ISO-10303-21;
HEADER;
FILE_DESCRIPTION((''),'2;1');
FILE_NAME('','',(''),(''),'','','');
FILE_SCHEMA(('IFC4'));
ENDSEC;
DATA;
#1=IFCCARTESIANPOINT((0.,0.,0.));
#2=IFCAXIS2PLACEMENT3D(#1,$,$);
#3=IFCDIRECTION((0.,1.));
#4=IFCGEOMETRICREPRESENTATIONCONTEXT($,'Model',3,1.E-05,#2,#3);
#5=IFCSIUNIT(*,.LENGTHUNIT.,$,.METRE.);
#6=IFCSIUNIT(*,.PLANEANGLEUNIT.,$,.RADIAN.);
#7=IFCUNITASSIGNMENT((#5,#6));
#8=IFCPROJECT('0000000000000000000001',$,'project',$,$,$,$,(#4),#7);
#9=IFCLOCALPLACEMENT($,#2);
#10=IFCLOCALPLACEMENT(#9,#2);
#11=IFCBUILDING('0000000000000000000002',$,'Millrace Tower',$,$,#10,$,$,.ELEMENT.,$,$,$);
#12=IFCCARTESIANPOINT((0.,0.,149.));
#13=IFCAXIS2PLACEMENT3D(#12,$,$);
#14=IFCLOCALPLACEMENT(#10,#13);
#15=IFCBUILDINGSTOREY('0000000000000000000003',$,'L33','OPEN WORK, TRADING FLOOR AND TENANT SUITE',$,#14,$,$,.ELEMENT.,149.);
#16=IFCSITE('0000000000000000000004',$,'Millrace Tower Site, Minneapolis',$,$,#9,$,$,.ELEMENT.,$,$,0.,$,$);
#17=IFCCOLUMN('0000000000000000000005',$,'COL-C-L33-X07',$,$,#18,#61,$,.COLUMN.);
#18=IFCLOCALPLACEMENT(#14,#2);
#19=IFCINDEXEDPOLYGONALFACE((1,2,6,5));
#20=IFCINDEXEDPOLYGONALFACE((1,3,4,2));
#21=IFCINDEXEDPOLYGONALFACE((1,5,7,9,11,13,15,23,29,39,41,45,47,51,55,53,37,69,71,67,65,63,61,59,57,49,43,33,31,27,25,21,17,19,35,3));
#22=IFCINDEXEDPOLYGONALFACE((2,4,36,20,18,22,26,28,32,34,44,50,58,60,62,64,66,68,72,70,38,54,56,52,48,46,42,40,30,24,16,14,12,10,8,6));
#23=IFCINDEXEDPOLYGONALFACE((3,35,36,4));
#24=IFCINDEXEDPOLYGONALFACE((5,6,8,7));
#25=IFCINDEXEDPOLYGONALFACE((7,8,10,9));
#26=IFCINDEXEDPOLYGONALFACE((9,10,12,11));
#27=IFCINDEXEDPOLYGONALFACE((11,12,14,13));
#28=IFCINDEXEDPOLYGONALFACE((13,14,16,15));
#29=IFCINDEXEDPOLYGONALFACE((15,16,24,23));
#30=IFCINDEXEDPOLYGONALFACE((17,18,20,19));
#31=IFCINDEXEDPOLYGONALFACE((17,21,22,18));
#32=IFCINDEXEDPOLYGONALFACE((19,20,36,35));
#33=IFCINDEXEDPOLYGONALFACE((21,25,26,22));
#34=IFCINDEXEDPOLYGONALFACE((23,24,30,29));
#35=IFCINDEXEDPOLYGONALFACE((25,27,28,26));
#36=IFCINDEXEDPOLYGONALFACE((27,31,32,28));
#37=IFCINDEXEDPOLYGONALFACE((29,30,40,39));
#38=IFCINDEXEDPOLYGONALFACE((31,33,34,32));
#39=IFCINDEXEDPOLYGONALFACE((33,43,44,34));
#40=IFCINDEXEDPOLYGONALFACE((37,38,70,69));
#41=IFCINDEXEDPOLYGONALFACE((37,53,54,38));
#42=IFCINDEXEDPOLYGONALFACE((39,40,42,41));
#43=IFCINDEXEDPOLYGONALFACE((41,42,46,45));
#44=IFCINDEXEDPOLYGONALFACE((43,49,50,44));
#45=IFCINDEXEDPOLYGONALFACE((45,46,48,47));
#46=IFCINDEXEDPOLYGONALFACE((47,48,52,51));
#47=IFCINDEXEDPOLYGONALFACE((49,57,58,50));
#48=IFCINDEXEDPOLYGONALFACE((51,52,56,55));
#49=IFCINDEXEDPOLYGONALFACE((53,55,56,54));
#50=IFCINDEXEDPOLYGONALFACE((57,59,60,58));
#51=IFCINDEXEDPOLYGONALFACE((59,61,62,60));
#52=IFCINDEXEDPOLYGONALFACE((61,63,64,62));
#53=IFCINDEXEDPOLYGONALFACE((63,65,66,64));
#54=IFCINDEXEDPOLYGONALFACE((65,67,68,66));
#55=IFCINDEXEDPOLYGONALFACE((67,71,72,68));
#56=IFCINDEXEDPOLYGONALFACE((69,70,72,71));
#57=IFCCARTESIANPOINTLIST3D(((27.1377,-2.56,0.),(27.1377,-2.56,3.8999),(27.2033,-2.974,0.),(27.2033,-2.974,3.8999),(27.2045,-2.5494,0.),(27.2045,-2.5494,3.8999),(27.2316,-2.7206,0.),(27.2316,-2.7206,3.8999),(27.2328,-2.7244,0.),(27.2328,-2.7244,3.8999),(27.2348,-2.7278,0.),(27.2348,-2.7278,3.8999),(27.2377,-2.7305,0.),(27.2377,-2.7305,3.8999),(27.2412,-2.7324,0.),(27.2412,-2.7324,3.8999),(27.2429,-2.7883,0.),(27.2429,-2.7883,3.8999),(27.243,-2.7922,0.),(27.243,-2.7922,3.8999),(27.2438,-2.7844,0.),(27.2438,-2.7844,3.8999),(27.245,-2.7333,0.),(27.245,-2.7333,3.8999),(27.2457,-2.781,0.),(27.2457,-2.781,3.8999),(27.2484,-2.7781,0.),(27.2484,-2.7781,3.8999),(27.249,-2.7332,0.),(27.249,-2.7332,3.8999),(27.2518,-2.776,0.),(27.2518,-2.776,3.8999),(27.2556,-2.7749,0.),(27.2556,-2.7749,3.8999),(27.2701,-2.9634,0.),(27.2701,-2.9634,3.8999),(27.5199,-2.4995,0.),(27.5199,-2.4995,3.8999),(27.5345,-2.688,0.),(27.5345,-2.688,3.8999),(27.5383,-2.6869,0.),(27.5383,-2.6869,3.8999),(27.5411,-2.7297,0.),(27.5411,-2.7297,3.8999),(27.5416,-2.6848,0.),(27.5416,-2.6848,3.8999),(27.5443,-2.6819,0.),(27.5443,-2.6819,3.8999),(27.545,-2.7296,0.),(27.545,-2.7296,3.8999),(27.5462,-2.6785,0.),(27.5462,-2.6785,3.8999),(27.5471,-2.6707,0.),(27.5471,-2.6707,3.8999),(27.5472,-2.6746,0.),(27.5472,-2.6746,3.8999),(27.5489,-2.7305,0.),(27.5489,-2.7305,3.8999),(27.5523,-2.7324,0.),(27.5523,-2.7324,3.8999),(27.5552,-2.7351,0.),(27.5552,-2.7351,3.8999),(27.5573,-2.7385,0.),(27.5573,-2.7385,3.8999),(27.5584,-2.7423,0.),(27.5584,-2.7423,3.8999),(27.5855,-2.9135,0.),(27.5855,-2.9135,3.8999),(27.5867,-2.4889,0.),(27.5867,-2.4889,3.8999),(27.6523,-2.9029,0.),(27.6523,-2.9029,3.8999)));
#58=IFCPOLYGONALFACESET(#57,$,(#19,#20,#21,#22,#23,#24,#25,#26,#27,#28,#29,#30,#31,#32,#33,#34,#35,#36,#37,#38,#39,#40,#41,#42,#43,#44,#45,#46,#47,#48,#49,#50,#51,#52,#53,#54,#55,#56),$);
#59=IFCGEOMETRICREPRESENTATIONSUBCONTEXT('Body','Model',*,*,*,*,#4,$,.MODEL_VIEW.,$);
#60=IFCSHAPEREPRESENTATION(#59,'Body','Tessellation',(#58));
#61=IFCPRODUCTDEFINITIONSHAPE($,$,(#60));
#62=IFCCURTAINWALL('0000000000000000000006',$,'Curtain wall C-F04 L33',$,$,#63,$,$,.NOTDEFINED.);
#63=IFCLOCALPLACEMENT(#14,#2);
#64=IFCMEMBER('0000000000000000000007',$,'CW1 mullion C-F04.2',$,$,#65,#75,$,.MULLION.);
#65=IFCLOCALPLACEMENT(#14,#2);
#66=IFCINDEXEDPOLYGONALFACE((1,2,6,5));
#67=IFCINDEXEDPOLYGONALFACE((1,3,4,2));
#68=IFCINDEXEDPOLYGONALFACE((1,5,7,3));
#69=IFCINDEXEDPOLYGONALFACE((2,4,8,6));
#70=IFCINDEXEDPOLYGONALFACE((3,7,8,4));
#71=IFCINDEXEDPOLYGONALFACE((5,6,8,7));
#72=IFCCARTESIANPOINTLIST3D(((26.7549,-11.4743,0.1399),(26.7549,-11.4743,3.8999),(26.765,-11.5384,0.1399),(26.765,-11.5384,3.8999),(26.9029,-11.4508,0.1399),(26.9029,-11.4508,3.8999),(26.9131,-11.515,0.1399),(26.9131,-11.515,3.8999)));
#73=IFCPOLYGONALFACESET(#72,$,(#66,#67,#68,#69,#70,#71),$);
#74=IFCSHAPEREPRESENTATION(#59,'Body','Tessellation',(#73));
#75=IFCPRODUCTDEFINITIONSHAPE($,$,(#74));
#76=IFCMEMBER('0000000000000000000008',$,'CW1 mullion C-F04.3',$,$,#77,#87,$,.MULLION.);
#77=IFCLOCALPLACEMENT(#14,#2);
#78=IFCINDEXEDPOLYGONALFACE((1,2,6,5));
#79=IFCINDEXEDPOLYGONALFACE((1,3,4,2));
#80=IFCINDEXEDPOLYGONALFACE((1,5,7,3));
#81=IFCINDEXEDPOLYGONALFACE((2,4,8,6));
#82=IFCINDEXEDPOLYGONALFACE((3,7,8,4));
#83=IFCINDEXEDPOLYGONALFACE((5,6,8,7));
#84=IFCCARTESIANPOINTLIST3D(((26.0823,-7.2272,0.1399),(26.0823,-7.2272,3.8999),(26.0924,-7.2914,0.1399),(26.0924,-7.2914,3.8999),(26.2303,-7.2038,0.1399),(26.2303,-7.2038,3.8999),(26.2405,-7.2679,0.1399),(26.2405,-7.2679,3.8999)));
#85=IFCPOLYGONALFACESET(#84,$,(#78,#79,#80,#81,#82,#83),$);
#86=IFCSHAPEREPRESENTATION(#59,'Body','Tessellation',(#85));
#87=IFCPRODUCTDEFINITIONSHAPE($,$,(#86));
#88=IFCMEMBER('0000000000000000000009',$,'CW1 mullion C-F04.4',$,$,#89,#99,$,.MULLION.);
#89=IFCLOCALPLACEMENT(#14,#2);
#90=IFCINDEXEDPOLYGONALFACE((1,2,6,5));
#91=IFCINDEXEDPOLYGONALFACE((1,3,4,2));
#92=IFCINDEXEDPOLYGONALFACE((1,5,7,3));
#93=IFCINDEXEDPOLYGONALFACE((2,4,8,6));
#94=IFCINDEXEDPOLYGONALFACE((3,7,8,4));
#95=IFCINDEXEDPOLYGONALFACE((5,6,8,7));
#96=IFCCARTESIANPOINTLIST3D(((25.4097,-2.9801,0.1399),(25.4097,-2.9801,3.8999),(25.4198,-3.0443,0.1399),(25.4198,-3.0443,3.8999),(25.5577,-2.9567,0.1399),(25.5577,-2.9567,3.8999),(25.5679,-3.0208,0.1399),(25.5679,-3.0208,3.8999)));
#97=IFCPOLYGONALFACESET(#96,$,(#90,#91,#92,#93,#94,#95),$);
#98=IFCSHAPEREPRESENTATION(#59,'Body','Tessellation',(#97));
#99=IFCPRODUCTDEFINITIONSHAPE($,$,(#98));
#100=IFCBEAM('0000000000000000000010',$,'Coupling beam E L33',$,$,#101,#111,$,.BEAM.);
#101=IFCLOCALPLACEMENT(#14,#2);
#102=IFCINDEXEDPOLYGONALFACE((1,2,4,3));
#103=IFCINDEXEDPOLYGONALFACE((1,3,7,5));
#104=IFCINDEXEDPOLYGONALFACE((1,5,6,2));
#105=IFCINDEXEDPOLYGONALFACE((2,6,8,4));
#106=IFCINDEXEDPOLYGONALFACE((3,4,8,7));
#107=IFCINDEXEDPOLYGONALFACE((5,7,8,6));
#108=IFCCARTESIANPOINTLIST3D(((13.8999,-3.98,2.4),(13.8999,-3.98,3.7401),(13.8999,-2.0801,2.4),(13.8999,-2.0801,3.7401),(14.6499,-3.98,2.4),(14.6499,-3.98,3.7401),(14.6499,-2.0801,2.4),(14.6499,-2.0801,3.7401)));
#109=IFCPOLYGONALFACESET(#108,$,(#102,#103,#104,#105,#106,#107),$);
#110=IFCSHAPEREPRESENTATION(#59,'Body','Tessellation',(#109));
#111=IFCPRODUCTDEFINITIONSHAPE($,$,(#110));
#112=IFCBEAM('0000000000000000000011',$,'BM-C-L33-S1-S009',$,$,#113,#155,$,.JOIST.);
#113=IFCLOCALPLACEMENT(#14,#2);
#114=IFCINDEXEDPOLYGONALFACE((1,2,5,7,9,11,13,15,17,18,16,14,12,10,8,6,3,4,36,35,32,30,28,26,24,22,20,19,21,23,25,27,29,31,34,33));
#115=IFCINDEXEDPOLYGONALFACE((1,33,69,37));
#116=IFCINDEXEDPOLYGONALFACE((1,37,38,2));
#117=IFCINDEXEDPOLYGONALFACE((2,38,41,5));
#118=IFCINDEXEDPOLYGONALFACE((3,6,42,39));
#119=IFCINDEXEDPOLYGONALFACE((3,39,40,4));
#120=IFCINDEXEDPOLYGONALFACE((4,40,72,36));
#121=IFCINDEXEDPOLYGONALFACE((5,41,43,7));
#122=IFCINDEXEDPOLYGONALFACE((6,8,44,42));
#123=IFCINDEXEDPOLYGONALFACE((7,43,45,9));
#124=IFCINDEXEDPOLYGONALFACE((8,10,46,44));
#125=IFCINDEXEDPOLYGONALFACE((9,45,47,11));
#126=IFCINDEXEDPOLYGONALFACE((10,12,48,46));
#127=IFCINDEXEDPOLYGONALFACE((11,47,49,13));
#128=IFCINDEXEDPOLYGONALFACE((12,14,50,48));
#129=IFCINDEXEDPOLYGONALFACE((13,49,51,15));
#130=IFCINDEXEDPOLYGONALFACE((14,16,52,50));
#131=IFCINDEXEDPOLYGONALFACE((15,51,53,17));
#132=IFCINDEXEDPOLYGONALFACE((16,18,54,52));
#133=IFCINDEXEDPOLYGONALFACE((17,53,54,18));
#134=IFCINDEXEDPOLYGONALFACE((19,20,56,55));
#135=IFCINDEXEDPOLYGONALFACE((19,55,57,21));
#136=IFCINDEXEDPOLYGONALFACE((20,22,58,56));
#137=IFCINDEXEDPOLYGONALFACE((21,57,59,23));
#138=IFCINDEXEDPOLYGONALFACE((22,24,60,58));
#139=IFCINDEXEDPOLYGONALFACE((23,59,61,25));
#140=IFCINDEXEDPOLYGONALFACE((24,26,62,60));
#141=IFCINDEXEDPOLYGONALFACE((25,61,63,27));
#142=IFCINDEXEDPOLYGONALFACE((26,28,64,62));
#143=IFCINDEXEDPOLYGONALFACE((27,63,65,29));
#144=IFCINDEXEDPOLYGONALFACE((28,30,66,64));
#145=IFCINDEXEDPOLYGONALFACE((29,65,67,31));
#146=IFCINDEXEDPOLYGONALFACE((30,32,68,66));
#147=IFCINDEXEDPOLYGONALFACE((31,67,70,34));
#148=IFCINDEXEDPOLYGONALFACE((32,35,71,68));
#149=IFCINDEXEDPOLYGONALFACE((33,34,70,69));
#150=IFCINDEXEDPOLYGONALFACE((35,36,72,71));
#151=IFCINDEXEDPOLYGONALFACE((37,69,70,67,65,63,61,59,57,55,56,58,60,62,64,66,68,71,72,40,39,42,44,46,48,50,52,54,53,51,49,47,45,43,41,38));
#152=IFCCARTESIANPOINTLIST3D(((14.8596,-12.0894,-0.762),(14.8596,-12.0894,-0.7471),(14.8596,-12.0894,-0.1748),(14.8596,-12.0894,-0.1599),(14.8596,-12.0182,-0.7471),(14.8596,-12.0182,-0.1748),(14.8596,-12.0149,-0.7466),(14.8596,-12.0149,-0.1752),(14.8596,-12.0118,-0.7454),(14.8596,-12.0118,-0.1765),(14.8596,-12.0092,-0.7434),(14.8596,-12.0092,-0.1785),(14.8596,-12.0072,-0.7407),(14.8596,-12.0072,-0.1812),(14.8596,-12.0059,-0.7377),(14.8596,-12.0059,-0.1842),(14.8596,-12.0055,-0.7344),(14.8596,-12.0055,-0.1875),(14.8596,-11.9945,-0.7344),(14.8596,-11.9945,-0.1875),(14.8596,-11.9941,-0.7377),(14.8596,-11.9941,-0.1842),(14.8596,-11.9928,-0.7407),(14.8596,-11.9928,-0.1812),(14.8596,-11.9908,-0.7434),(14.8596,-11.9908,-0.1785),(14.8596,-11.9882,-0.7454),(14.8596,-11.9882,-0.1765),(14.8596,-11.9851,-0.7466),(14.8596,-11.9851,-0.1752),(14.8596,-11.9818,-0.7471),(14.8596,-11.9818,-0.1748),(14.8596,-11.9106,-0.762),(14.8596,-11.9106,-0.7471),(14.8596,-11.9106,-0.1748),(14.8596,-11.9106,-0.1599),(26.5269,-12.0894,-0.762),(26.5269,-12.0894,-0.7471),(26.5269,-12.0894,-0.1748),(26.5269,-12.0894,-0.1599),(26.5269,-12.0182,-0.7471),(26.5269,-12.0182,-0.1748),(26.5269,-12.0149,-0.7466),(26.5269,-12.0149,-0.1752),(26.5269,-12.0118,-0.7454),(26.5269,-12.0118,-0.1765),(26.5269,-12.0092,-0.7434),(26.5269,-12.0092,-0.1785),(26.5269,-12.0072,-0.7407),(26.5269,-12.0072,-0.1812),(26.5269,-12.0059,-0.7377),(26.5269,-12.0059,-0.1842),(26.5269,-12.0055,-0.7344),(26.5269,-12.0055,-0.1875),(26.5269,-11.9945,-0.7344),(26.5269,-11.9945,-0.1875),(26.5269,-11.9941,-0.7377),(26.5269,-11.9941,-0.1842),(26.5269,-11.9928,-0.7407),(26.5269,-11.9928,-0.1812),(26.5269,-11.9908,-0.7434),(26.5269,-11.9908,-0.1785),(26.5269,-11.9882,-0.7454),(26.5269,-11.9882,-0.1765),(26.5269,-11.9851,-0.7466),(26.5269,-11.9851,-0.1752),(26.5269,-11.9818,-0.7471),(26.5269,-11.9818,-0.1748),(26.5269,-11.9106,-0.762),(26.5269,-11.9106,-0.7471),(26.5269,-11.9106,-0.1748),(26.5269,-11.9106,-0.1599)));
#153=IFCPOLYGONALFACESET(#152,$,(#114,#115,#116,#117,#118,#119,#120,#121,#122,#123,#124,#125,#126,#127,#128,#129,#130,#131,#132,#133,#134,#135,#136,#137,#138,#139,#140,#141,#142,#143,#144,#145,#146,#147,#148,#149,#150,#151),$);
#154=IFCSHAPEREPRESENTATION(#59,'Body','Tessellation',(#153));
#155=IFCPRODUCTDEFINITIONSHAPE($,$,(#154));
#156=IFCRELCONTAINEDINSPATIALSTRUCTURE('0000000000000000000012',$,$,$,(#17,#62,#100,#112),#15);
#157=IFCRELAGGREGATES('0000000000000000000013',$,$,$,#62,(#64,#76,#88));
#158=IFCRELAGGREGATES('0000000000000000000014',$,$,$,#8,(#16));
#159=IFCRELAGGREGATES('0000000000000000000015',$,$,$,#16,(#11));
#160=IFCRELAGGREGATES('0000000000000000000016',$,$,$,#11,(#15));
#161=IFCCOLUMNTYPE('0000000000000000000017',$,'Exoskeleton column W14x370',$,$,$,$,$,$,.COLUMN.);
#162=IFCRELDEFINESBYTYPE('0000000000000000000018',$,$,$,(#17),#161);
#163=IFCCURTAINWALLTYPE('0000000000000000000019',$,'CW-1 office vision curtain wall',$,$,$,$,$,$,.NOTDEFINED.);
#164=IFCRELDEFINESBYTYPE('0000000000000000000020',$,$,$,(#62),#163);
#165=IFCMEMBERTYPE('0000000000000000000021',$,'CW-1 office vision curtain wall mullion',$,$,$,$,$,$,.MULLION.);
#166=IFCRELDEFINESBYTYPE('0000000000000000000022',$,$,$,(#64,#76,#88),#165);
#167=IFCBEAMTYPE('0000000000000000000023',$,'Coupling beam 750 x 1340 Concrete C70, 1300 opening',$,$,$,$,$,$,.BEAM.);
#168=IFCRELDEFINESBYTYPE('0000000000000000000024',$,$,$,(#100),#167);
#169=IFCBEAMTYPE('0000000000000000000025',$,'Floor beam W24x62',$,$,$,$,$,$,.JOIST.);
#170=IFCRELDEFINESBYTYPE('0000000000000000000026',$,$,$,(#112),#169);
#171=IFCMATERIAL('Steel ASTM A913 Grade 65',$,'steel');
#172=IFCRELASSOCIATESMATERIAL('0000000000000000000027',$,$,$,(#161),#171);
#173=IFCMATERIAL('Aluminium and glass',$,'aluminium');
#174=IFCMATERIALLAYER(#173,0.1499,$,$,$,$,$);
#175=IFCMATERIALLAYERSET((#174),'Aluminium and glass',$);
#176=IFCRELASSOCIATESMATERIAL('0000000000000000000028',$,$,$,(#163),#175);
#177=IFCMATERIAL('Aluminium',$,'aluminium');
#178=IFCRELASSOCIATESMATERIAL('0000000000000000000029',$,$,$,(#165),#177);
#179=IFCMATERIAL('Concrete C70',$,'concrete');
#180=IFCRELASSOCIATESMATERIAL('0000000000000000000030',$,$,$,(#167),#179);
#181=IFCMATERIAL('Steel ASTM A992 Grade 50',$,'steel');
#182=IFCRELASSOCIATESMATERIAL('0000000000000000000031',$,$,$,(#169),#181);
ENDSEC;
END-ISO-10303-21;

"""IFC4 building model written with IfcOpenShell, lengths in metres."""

from ifc_helpers import new_model, si_unit, direction, frame, origin, origin_2d, place, context, subcontext, project, spatial, rectangle, i_section, extrude, material, layer, layer_set, material_profile, profile_set, type_object, element, aggregate, save


model = new_model("IFC4")

# Units and contexts
model_context = context("Model", 3, precision=1e-05, world=origin(), true_north=direction((0.0, 1.0)))
body_context = subcontext(model_context, "Body", "Model", "MODEL_VIEW")
ifc_project = project(units=[si_unit("LENGTHUNIT", "METRE"), si_unit("PLANEANGLEUNIT", "RADIAN")], contexts=[model_context])

# Site, building, storey
site_placement = place(None, origin())
site = spatial("IfcSite", under=ifc_project, at=site_placement, Name="Millrace Tower Site, Minneapolis", CompositionType="ELEMENT", RefElevation=0.0)
building_placement = place(site_placement, origin())
building = spatial("IfcBuilding", under=site, at=building_placement, Name="Millrace Tower", CompositionType="ELEMENT")
storey_placement = place(building_placement, frame((0.0, 0.0, 149.0)))
storey = spatial("IfcBuildingStorey", under=building, at=storey_placement, Name="L33", Description="OPEN WORK, TRADING FLOOR AND TENANT SUITE", CompositionType="ELEMENT", Elevation=149.0)

# Column
ifc_material_1 = material(Name="Steel ASTM A913 Grade 65", Category="steel")
ifc_material_profile_1 = material_profile(ifc_material_1, i_section(OverallWidth=0.4192, OverallDepth=0.4546, WebThickness=0.0422, FlangeThickness=0.0676, FilletRadius=0.0151, at=origin_2d()))
ifc_profile_set_1 = profile_set([ifc_material_profile_1], Name="Steel ASTM A913 Grade 65")
column_type = type_object("IfcColumnType", Name="Exoskeleton column W14x370", PredefinedType="COLUMN", material=ifc_profile_set_1)
column_placement = place(storey_placement, frame((27.395, -2.7314, 0.0), z_axis=(0.0, 0.0, 1.0), x_axis=(-0.156434, 0.987688, 0.0)))
element("IfcColumn", 1, at=column_placement, inside=storey, type_object=column_type, Name="COL-C-L33-X07", PredefinedType="COLUMN", context=body_context, shape_type="SweptSolid", body=[
    extrude(i_section(OverallWidth=0.4192, OverallDepth=0.4546, WebThickness=0.0422, FlangeThickness=0.0676, FilletRadius=0.0151, at=origin_2d()), origin(), (0.0, 0.0, 1.0), 3.8999),
])

# Curtain wall, members
ifc_material_2 = material(Name="Aluminium and glass", Category="aluminium")
ifc_layer_1 = layer(ifc_material_2, 0.1499)
ifc_layer_set_1 = layer_set([ifc_layer_1], Name="Aluminium and glass")
curtain_wall_type = type_object("IfcCurtainWallType", Name="CW-1 office vision curtain wall", PredefinedType="NOTDEFINED", material=ifc_layer_set_1)
placement = place(storey_placement, origin())
curtain_wall = element("IfcCurtainWall", 2, at=placement, inside=storey, type_object=curtain_wall_type, Name="Curtain wall C-F04 L33", PredefinedType="NOTDEFINED")
ifc_material_3 = material(Name="Aluminium", Category="aluminium")
ifc_material_profile_2 = material_profile(ifc_material_3, rectangle(XDim=0.0649, YDim=0.1499, at=origin_2d()))
ifc_profile_set_2 = profile_set([ifc_material_profile_2], Name="Aluminium")
member_type = type_object("IfcMemberType", Name="CW-1 office vision curtain wall mullion", PredefinedType="MULLION", material=ifc_profile_set_2)
member_1_placement = place(storey_placement, frame((26.834, -11.4946, 0.1399), z_axis=(0.0, 0.0, 1.0), x_axis=(-0.156434, 0.987688, 0.0)))
member_1 = element("IfcMember", 3, at=member_1_placement, type_object=member_type, Name="CW1 mullion C-F04.2", PredefinedType="MULLION", context=body_context, shape_type="SweptSolid", body=[
    extrude(rectangle(XDim=0.0649, YDim=0.1499, at=origin_2d()), origin(), (0.0, 0.0, 1.0), 3.76),
])
member_2_placement = place(storey_placement, frame((26.1614, -7.2476, 0.1399), z_axis=(0.0, 0.0, 1.0), x_axis=(-0.156434, 0.987688, 0.0)))
member_2 = element("IfcMember", 4, at=member_2_placement, type_object=member_type, Name="CW1 mullion C-F04.3", PredefinedType="MULLION", context=body_context, shape_type="SweptSolid", body=[
    extrude(rectangle(XDim=0.0649, YDim=0.1499, at=origin_2d()), origin(), (0.0, 0.0, 1.0), 3.76),
])
member_3_placement = place(storey_placement, frame((25.4888, -3.0005, 0.1399), z_axis=(0.0, 0.0, 1.0), x_axis=(-0.156434, 0.987688, 0.0)))
member_3 = element("IfcMember", 5, at=member_3_placement, type_object=member_type, Name="CW1 mullion C-F04.4", PredefinedType="MULLION", context=body_context, shape_type="SweptSolid", body=[
    extrude(rectangle(XDim=0.0649, YDim=0.1499, at=origin_2d()), origin(), (0.0, 0.0, 1.0), 3.76),
])
aggregate(curtain_wall, [member_1, member_2, member_3])

# Beams
ifc_material_4 = material(Name="Concrete C70", Category="concrete")
ifc_material_profile_3 = material_profile(ifc_material_4, rectangle(XDim=0.75, YDim=1.3401, at=origin_2d()))
ifc_profile_set_3 = profile_set([ifc_material_profile_3], Name="Concrete C70")
beam_type_1 = type_object("IfcBeamType", Name="Coupling beam 750 x 1340 Concrete C70, 1300 opening", PredefinedType="BEAM", material=ifc_profile_set_3)
beam_1_placement = place(storey_placement, frame((14.2749, -2.0801, 3.0701), z_axis=(0.0, -1.0, 0.0), x_axis=(1.0, 0.0, 0.0)))
element("IfcBeam", 6, at=beam_1_placement, inside=storey, type_object=beam_type_1, Name="Coupling beam E L33", PredefinedType="BEAM", context=body_context, shape_type="SweptSolid", body=[
    extrude(rectangle(XDim=0.75, YDim=1.3401, at=origin_2d()), origin(), (0.0, 0.0, 1.0), 1.8999),
])
ifc_material_5 = material(Name="Steel ASTM A992 Grade 50", Category="steel")
ifc_material_profile_4 = material_profile(ifc_material_5, i_section(OverallWidth=0.1787, OverallDepth=0.6021, WebThickness=0.011, FlangeThickness=0.0149, FilletRadius=0.0127, at=origin_2d()))
ifc_profile_set_4 = profile_set([ifc_material_profile_4], Name="Steel ASTM A992 Grade 50")
beam_type_2 = type_object("IfcBeamType", Name="Floor beam W24x62", PredefinedType="JOIST", material=ifc_profile_set_4)
beam_2_placement = place(storey_placement, frame((14.8596, -12.0, -0.4609), z_axis=(1.0, 0.0, 0.0), x_axis=(0.0, 1.0, 0.0)))
element("IfcBeam", 7, at=beam_2_placement, inside=storey, type_object=beam_type_2, Name="BM-C-L33-S1-S009", PredefinedType="JOIST", context=body_context, shape_type="SweptSolid", body=[
    extrude(i_section(OverallWidth=0.1787, OverallDepth=0.6021, WebThickness=0.011, FlangeThickness=0.0149, FilletRadius=0.0127, at=origin_2d()), origin(), (0.0, 0.0, 1.0), 11.6672),
])

save(model, "model.ifc")
